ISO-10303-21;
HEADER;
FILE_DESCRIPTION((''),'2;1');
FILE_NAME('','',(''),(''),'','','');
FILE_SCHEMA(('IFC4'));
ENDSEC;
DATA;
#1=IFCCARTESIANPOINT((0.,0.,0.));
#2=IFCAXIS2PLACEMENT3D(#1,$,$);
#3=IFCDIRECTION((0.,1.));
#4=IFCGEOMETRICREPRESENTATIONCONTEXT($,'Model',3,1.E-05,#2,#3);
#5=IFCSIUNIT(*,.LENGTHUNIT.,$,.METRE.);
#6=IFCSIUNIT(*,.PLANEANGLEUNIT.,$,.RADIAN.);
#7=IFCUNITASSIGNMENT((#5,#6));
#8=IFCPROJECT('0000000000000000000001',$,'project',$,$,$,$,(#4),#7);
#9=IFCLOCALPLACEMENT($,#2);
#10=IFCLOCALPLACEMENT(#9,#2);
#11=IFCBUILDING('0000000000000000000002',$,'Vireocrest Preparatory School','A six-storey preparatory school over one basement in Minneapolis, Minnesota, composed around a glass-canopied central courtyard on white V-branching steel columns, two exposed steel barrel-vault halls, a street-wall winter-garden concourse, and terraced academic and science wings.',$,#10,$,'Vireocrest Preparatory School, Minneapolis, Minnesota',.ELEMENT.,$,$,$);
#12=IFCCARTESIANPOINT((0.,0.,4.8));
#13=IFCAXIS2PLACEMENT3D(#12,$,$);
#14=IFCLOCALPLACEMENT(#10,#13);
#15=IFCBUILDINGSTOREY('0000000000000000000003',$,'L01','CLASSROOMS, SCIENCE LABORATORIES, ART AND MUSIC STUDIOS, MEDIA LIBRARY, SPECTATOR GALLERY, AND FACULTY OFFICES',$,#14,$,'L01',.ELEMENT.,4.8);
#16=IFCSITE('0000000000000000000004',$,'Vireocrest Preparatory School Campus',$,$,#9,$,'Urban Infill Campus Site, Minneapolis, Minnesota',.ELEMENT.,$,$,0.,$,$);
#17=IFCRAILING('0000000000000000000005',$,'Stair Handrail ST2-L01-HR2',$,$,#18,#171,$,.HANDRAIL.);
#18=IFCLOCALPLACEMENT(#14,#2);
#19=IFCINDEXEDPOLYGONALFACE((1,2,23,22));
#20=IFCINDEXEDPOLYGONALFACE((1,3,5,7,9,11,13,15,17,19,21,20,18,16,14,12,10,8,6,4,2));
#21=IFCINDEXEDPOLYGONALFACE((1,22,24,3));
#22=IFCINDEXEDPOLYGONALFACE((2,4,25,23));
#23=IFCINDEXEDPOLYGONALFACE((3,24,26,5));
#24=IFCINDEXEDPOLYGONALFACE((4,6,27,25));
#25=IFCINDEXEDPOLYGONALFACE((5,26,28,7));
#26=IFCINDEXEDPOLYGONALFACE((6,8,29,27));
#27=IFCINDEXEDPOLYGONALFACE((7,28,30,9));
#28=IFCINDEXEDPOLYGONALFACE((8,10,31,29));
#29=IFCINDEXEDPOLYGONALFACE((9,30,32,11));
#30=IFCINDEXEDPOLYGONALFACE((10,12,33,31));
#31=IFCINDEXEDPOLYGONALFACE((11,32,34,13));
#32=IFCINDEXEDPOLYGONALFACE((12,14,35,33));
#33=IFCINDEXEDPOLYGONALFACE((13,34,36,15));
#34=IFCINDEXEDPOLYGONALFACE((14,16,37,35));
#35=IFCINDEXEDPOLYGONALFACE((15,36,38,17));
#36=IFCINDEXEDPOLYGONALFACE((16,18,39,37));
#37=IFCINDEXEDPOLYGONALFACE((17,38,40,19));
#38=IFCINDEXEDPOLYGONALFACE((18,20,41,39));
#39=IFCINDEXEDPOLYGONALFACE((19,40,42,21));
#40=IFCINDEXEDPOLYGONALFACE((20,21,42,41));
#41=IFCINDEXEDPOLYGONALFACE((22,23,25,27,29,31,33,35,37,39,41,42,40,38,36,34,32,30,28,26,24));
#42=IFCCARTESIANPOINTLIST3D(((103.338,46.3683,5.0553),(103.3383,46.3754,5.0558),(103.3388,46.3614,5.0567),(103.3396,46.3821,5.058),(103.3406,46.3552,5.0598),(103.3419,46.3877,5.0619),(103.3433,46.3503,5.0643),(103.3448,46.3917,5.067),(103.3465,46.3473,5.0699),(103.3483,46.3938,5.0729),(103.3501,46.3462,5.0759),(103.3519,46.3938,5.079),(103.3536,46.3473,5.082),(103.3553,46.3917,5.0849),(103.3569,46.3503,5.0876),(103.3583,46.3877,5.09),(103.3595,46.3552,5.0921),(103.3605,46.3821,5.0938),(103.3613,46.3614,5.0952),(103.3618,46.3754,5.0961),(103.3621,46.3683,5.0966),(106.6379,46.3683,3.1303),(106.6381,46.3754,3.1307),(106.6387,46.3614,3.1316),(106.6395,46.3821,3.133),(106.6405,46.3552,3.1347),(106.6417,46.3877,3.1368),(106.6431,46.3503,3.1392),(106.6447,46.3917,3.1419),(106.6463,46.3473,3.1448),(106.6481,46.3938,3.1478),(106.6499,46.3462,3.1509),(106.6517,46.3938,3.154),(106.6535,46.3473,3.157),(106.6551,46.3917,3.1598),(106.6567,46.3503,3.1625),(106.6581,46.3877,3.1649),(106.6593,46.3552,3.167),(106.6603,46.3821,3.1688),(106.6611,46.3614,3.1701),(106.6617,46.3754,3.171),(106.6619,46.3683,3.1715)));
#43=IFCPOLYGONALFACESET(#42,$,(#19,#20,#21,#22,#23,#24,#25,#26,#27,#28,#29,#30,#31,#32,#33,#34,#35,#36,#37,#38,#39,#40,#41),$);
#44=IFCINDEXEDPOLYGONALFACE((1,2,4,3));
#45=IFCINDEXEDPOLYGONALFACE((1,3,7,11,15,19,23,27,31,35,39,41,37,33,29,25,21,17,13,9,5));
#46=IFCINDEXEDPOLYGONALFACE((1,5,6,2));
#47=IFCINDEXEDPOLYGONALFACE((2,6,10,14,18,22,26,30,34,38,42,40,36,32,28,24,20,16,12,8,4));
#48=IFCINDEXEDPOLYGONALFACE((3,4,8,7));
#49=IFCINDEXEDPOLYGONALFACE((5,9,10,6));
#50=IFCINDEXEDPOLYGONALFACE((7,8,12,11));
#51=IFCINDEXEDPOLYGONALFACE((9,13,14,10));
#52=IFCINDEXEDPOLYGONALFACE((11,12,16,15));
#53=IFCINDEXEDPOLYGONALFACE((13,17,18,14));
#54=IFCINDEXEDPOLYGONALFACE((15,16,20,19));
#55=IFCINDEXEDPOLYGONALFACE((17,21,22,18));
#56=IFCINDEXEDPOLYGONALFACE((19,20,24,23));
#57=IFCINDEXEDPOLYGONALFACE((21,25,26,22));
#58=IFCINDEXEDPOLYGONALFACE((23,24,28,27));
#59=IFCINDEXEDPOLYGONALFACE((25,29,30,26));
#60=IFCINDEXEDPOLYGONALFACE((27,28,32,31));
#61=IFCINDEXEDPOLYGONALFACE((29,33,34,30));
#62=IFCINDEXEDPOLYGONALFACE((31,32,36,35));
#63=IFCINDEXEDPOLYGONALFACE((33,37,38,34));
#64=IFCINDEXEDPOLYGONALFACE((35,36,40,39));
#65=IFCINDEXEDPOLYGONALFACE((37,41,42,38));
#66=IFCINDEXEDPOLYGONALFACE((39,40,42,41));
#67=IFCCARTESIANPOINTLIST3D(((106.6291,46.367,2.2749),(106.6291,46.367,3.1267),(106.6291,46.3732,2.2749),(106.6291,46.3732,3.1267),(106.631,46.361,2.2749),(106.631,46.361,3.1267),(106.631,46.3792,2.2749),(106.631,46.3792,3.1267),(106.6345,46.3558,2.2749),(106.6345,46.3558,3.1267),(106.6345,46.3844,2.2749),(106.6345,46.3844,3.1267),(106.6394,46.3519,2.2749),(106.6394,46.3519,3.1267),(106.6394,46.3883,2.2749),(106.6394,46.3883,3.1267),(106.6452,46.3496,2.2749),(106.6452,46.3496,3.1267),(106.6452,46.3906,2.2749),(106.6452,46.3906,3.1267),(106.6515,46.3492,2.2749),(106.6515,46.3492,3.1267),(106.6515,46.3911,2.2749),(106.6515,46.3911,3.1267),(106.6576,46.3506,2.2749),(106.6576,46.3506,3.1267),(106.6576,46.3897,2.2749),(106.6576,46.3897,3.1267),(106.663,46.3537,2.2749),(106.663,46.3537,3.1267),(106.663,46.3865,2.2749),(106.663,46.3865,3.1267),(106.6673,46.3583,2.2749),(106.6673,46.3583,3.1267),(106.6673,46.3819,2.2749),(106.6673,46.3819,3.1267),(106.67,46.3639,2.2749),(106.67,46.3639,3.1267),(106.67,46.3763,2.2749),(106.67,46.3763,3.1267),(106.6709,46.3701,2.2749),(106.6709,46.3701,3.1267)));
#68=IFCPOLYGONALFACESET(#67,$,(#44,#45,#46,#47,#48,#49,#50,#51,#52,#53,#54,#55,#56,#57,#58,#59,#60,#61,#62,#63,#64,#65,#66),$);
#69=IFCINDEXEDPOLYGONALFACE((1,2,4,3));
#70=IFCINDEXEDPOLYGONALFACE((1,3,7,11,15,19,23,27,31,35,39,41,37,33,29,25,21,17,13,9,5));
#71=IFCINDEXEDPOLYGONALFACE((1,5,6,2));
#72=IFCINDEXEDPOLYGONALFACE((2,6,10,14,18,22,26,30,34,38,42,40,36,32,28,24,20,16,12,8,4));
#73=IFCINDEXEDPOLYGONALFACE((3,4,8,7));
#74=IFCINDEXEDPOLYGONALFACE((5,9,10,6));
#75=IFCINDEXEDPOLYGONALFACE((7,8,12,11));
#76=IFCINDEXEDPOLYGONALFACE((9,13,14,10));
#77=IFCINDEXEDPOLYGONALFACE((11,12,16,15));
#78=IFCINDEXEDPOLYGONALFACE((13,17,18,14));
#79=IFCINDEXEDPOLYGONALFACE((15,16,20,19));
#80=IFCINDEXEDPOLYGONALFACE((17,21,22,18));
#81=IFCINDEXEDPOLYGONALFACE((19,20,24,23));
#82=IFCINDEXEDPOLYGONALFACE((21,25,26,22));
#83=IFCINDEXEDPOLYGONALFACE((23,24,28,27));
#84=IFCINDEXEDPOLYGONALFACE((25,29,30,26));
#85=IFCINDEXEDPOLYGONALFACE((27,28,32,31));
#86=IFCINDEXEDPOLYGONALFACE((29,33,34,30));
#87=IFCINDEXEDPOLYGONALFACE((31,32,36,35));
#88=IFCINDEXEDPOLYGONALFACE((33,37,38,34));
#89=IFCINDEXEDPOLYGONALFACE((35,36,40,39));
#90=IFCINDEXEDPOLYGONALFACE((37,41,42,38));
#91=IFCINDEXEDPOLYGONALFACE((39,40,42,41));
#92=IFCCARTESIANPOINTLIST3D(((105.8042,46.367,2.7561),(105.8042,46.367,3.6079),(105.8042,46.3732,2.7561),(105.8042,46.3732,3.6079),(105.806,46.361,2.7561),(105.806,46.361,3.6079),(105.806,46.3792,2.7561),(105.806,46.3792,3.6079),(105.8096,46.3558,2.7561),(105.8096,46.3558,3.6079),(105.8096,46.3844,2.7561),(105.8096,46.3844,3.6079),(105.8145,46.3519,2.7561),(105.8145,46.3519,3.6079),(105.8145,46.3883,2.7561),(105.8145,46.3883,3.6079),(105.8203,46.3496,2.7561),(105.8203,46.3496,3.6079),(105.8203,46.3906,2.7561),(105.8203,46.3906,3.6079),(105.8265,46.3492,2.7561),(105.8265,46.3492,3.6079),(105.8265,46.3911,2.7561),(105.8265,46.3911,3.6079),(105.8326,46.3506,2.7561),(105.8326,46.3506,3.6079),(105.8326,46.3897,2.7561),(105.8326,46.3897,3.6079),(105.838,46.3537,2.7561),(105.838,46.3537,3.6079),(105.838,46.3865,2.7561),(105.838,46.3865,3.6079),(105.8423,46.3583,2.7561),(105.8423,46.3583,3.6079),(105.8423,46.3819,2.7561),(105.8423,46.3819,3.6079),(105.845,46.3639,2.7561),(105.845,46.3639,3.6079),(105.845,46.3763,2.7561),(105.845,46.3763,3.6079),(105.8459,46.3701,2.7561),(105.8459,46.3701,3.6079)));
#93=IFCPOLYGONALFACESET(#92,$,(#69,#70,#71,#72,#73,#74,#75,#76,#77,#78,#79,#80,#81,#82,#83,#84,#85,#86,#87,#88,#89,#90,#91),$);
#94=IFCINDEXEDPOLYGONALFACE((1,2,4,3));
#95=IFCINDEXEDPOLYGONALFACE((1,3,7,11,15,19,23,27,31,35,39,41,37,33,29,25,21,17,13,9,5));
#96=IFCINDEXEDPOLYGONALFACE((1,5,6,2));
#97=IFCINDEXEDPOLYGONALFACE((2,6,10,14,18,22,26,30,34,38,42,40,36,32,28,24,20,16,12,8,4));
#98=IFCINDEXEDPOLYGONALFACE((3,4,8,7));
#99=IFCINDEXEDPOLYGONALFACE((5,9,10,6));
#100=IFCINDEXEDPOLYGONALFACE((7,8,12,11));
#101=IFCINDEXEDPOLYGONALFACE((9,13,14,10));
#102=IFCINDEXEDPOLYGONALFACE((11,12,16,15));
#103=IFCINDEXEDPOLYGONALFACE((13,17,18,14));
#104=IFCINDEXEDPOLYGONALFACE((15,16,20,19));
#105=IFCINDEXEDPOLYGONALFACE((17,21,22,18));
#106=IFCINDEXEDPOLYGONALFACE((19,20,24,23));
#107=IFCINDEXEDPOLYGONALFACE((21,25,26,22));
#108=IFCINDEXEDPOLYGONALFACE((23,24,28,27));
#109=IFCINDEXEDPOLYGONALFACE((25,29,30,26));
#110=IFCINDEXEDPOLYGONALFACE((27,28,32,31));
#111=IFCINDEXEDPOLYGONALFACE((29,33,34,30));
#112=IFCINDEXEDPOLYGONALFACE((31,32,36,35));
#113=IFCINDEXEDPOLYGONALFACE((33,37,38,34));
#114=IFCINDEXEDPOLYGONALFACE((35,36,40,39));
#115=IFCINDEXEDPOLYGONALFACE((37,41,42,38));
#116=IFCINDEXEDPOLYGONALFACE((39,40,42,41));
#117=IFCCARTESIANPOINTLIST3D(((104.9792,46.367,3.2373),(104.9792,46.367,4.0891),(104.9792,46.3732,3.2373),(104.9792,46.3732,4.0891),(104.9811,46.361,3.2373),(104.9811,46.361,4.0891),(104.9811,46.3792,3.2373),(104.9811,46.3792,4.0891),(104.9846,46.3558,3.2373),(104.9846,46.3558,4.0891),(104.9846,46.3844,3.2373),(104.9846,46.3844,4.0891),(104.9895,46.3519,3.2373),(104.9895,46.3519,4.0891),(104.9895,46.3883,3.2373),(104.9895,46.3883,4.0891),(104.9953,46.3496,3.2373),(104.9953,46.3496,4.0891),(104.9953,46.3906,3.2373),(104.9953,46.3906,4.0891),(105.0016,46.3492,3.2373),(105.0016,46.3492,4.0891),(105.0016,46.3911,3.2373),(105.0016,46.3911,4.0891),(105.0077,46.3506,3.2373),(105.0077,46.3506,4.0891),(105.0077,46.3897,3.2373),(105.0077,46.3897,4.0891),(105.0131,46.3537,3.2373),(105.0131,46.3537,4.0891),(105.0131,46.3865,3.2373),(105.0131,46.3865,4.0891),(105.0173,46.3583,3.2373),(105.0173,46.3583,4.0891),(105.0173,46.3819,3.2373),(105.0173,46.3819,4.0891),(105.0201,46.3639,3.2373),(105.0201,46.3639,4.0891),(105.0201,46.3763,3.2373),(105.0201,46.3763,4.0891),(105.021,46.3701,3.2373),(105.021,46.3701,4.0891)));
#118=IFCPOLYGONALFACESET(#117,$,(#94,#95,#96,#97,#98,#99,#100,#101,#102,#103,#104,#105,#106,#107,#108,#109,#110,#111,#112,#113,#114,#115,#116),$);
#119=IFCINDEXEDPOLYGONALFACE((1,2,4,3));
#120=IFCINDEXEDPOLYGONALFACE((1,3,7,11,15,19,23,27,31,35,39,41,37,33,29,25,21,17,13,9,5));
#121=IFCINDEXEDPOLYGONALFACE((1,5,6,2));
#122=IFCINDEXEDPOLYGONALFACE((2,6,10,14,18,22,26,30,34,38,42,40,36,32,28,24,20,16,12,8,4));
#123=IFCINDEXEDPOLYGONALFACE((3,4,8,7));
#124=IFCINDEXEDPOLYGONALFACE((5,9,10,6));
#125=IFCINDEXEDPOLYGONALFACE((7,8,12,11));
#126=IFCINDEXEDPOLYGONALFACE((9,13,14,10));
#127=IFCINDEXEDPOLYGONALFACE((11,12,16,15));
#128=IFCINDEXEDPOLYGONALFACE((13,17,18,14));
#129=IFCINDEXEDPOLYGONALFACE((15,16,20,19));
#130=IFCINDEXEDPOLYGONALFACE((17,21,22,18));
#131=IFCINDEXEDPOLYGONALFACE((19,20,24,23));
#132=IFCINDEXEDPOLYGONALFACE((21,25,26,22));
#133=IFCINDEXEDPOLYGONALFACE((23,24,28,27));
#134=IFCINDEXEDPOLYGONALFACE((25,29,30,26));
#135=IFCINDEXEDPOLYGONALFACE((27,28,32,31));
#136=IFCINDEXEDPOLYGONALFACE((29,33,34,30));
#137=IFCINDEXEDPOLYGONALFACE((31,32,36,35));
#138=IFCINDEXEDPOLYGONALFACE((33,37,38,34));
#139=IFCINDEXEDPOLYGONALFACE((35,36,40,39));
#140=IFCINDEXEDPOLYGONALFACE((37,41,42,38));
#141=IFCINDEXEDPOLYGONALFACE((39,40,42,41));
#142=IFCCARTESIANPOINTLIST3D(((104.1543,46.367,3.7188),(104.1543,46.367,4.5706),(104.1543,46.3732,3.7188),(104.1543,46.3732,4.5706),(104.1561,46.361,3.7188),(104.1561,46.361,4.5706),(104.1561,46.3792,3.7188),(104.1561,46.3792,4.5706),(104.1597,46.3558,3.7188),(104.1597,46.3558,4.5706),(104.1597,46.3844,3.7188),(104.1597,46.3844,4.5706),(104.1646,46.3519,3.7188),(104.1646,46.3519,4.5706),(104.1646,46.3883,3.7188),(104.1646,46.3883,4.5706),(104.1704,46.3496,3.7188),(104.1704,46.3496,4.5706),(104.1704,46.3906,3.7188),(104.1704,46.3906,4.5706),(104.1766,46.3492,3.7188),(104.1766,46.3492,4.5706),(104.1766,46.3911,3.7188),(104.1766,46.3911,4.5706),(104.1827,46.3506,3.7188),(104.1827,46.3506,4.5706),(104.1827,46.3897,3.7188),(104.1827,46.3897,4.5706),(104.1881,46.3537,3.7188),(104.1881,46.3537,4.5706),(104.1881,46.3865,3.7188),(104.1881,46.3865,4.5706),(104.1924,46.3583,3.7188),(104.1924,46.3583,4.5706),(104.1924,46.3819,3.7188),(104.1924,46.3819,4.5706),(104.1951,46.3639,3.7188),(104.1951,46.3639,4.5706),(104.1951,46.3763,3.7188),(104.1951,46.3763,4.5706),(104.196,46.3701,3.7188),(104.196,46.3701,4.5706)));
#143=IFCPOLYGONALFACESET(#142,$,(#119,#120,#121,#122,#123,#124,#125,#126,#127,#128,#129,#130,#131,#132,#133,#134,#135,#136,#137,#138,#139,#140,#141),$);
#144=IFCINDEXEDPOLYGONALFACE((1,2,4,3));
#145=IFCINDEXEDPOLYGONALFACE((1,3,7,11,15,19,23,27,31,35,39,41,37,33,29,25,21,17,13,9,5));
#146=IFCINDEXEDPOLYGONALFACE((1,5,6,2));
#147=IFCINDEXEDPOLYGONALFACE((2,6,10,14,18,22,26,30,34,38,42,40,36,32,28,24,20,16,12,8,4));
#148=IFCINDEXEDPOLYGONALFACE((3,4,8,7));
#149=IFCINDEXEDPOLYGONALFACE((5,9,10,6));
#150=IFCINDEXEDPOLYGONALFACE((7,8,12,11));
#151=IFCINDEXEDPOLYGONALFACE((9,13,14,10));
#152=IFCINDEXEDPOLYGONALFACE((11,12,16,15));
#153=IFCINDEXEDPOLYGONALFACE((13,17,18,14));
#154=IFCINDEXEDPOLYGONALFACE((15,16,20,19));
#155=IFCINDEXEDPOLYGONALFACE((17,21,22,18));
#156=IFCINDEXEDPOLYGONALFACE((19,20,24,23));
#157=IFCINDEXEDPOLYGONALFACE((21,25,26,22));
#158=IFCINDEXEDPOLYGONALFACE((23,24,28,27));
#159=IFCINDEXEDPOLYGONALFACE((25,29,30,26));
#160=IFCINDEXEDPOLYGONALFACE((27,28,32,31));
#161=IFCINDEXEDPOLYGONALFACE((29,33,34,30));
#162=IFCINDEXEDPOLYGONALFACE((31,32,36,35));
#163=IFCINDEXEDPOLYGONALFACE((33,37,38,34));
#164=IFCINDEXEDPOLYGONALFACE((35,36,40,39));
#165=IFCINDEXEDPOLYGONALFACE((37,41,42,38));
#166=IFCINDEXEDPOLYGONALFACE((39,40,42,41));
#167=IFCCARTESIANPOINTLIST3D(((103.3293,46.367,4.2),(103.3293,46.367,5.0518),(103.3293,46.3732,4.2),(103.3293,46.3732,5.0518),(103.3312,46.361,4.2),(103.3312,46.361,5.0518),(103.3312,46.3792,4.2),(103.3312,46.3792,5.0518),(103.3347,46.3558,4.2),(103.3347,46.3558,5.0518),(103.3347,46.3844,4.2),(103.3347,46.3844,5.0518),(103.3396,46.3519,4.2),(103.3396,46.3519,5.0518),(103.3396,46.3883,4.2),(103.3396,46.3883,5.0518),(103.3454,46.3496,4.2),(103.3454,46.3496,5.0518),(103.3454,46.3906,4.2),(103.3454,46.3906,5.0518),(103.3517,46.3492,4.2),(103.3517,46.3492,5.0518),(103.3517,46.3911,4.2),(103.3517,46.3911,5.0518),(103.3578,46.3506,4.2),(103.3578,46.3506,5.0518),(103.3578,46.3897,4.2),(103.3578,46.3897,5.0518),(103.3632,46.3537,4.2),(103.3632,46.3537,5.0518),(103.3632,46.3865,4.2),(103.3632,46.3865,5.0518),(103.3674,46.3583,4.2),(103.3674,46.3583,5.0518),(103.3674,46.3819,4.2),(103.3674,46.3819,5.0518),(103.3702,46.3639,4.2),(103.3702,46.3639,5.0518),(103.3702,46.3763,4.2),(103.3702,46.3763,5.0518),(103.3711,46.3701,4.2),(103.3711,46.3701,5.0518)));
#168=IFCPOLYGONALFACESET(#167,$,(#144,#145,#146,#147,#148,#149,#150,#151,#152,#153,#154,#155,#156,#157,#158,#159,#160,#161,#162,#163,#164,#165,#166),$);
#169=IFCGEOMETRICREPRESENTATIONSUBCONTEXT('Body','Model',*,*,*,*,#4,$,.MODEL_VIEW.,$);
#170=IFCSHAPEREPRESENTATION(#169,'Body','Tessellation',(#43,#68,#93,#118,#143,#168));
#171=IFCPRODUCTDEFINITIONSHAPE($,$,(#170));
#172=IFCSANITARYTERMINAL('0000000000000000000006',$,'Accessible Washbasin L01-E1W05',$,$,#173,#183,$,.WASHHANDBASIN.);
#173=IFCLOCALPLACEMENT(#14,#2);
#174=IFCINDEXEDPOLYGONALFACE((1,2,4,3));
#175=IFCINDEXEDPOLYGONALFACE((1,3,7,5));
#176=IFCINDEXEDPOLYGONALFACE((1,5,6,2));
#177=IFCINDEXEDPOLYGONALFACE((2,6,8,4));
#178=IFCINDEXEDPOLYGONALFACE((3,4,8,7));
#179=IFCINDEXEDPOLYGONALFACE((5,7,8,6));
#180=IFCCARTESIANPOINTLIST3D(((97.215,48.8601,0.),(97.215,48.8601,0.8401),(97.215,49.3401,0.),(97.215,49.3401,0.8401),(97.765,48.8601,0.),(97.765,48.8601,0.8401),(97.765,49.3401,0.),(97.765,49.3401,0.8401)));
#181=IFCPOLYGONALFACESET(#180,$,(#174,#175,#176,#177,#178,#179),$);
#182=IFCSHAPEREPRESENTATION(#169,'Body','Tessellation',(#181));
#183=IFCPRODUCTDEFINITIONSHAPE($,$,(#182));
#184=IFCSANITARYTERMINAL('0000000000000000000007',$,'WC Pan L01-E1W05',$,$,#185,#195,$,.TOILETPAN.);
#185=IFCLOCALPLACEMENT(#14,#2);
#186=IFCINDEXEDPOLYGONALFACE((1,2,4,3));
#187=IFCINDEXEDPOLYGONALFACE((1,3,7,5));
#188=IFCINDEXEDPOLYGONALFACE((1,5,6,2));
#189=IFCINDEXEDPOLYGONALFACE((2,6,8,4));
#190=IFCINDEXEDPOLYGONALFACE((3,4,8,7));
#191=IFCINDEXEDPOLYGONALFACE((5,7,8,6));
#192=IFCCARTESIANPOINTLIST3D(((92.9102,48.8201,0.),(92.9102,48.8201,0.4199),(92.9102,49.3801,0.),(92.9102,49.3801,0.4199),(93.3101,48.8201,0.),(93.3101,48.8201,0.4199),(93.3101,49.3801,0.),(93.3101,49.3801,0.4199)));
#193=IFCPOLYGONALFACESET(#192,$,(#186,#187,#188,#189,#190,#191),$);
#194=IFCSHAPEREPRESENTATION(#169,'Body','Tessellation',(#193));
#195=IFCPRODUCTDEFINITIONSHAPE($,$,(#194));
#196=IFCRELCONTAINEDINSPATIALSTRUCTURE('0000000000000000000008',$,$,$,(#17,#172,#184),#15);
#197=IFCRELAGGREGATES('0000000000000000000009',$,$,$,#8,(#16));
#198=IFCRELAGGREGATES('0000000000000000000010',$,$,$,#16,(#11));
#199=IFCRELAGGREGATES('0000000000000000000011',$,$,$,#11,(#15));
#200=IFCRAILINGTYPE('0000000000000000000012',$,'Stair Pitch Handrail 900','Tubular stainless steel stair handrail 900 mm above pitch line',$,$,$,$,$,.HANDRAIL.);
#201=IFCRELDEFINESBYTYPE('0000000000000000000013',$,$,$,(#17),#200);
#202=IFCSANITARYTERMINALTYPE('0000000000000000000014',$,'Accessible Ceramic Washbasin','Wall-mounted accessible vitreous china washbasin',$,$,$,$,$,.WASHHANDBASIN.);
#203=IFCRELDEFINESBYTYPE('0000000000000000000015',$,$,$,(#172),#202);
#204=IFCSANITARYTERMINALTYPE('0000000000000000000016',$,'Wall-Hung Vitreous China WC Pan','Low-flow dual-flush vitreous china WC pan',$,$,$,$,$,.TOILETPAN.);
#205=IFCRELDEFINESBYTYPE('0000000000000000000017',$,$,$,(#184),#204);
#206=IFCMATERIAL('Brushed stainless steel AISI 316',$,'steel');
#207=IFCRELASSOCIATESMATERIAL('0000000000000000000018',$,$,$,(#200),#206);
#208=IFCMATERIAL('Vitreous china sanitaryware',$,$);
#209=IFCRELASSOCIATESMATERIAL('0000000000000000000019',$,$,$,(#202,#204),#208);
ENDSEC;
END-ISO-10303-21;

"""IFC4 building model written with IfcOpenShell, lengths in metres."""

from ifc_helpers import new_model, si_unit, direction, frame, origin, origin_2d, place, context, subcontext, project, spatial, rectangle, circle, extrude, material, type_object, element, save


model = new_model("IFC4")

# Units and contexts
model_context = context("Model", 3, precision=1e-05, world=origin(), true_north=direction((0.0, 1.0)))
body_context = subcontext(model_context, "Body", "Model", "MODEL_VIEW")
ifc_project = project(units=[si_unit("LENGTHUNIT", "METRE"), si_unit("PLANEANGLEUNIT", "RADIAN")], contexts=[model_context])

# Site, building, storey
site_placement = place(None, origin())
site = spatial("IfcSite", under=ifc_project, at=site_placement, Name="Vireocrest Preparatory School Campus", LongName="Urban Infill Campus Site, Minneapolis, Minnesota", CompositionType="ELEMENT", RefElevation=0.0)
building_placement = place(site_placement, origin())
building = spatial("IfcBuilding", under=site, at=building_placement, Name="Vireocrest Preparatory School", Description="A six-storey preparatory school over one basement in Minneapolis, Minnesota, composed around a glass-canopied central courtyard on white V-branching steel columns, two exposed steel barrel-vault halls, a street-wall winter-garden concourse, and terraced academic and science wings.", LongName="Vireocrest Preparatory School, Minneapolis, Minnesota", CompositionType="ELEMENT")
storey_placement = place(building_placement, frame((0.0, 0.0, 4.8)))
storey = spatial("IfcBuildingStorey", under=building, at=storey_placement, Name="L01", Description="CLASSROOMS, SCIENCE LABORATORIES, ART AND MUSIC STUDIOS, MEDIA LIBRARY, SPECTATOR GALLERY, AND FACULTY OFFICES", LongName="L01", CompositionType="ELEMENT", Elevation=4.8)

# Railing
ifc_material_1 = material(Name="Brushed stainless steel AISI 316", Category="steel")
railing_type_1 = type_object("IfcRailingType", Name="Stair Pitch Handrail 900", Description="Tubular stainless steel stair handrail 900 mm above pitch line", PredefinedType="HANDRAIL", material=ifc_material_1)
railing_1_placement = place(storey_placement, frame((106.6499, 46.3701, 2.2749)))
element("IfcRailing", 1, at=railing_1_placement, inside=storey, type_object=railing_type_1, Name="Stair Handrail ST2-L01-HR2", PredefinedType="HANDRAIL", context=body_context, shape_type="SweptSolid", body=[
    extrude(circle(Radius=0.0239, at=origin_2d()), frame((0.0, 0.0, 0.876), z_axis=(-0.86376, 0.0, 0.503903), x_axis=(0.0, -1.0, 0.0)), (0.0, 0.0, 1.0), 3.8203),
    extrude(circle(Radius=0.021, at=origin_2d()), origin(), (0.0, 0.0, 1.0), 0.8518),
    extrude(circle(Radius=0.021, at=origin_2d()), frame((-0.825, 0.0, 0.4812)), (0.0, 0.0, 1.0), 0.8518),
    extrude(circle(Radius=0.021, at=origin_2d()), frame((-1.6499, 0.0, 0.9624)), (0.0, 0.0, 1.0), 0.8518),
    extrude(circle(Radius=0.021, at=origin_2d()), frame((-2.4749, 0.0, 1.4438)), (0.0, 0.0, 1.0), 0.8518),
    extrude(circle(Radius=0.021, at=origin_2d()), frame((-3.2998, 0.0, 1.925)), (0.0, 0.0, 1.0), 0.8518),
])

# Sanitary terminals
ifc_material_2 = material(Name="Vitreous china sanitaryware")
sanitary_terminal_type_1 = type_object("IfcSanitaryTerminalType", Name="Accessible Ceramic Washbasin", Description="Wall-mounted accessible vitreous china washbasin", PredefinedType="WASHHANDBASIN", material=ifc_material_2)
sanitary_terminal_1_placement = place(storey_placement, frame((97.49, 49.1001, 0.0), z_axis=(0.0, 0.0, 1.0), x_axis=(1.0, 0.0, 0.0)))
element("IfcSanitaryTerminal", 2, at=sanitary_terminal_1_placement, inside=storey, type_object=sanitary_terminal_type_1, Name="Accessible Washbasin L01-E1W05", PredefinedType="WASHHANDBASIN", context=body_context, shape_type="SweptSolid", body=[
    extrude(rectangle(XDim=0.55, YDim=0.48, at=origin_2d()), origin(), (0.0, 0.0, 1.0), 0.8401),
])
sanitary_terminal_type_2 = type_object("IfcSanitaryTerminalType", Name="Wall-Hung Vitreous China WC Pan", Description="Low-flow dual-flush vitreous china WC pan", PredefinedType="TOILETPAN", material=ifc_material_2)
sanitary_terminal_2_placement = place(storey_placement, frame((93.1101, 49.1001, 0.0), z_axis=(0.0, 0.0, 1.0), x_axis=(1.0, 0.0, 0.0)))
element("IfcSanitaryTerminal", 3, at=sanitary_terminal_2_placement, inside=storey, type_object=sanitary_terminal_type_2, Name="WC Pan L01-E1W05", PredefinedType="TOILETPAN", context=body_context, shape_type="SweptSolid", body=[
    extrude(rectangle(XDim=0.3999, YDim=0.5601, at=origin_2d()), origin(), (0.0, 0.0, 1.0), 0.4199),
])

save(model, "model.ifc")
